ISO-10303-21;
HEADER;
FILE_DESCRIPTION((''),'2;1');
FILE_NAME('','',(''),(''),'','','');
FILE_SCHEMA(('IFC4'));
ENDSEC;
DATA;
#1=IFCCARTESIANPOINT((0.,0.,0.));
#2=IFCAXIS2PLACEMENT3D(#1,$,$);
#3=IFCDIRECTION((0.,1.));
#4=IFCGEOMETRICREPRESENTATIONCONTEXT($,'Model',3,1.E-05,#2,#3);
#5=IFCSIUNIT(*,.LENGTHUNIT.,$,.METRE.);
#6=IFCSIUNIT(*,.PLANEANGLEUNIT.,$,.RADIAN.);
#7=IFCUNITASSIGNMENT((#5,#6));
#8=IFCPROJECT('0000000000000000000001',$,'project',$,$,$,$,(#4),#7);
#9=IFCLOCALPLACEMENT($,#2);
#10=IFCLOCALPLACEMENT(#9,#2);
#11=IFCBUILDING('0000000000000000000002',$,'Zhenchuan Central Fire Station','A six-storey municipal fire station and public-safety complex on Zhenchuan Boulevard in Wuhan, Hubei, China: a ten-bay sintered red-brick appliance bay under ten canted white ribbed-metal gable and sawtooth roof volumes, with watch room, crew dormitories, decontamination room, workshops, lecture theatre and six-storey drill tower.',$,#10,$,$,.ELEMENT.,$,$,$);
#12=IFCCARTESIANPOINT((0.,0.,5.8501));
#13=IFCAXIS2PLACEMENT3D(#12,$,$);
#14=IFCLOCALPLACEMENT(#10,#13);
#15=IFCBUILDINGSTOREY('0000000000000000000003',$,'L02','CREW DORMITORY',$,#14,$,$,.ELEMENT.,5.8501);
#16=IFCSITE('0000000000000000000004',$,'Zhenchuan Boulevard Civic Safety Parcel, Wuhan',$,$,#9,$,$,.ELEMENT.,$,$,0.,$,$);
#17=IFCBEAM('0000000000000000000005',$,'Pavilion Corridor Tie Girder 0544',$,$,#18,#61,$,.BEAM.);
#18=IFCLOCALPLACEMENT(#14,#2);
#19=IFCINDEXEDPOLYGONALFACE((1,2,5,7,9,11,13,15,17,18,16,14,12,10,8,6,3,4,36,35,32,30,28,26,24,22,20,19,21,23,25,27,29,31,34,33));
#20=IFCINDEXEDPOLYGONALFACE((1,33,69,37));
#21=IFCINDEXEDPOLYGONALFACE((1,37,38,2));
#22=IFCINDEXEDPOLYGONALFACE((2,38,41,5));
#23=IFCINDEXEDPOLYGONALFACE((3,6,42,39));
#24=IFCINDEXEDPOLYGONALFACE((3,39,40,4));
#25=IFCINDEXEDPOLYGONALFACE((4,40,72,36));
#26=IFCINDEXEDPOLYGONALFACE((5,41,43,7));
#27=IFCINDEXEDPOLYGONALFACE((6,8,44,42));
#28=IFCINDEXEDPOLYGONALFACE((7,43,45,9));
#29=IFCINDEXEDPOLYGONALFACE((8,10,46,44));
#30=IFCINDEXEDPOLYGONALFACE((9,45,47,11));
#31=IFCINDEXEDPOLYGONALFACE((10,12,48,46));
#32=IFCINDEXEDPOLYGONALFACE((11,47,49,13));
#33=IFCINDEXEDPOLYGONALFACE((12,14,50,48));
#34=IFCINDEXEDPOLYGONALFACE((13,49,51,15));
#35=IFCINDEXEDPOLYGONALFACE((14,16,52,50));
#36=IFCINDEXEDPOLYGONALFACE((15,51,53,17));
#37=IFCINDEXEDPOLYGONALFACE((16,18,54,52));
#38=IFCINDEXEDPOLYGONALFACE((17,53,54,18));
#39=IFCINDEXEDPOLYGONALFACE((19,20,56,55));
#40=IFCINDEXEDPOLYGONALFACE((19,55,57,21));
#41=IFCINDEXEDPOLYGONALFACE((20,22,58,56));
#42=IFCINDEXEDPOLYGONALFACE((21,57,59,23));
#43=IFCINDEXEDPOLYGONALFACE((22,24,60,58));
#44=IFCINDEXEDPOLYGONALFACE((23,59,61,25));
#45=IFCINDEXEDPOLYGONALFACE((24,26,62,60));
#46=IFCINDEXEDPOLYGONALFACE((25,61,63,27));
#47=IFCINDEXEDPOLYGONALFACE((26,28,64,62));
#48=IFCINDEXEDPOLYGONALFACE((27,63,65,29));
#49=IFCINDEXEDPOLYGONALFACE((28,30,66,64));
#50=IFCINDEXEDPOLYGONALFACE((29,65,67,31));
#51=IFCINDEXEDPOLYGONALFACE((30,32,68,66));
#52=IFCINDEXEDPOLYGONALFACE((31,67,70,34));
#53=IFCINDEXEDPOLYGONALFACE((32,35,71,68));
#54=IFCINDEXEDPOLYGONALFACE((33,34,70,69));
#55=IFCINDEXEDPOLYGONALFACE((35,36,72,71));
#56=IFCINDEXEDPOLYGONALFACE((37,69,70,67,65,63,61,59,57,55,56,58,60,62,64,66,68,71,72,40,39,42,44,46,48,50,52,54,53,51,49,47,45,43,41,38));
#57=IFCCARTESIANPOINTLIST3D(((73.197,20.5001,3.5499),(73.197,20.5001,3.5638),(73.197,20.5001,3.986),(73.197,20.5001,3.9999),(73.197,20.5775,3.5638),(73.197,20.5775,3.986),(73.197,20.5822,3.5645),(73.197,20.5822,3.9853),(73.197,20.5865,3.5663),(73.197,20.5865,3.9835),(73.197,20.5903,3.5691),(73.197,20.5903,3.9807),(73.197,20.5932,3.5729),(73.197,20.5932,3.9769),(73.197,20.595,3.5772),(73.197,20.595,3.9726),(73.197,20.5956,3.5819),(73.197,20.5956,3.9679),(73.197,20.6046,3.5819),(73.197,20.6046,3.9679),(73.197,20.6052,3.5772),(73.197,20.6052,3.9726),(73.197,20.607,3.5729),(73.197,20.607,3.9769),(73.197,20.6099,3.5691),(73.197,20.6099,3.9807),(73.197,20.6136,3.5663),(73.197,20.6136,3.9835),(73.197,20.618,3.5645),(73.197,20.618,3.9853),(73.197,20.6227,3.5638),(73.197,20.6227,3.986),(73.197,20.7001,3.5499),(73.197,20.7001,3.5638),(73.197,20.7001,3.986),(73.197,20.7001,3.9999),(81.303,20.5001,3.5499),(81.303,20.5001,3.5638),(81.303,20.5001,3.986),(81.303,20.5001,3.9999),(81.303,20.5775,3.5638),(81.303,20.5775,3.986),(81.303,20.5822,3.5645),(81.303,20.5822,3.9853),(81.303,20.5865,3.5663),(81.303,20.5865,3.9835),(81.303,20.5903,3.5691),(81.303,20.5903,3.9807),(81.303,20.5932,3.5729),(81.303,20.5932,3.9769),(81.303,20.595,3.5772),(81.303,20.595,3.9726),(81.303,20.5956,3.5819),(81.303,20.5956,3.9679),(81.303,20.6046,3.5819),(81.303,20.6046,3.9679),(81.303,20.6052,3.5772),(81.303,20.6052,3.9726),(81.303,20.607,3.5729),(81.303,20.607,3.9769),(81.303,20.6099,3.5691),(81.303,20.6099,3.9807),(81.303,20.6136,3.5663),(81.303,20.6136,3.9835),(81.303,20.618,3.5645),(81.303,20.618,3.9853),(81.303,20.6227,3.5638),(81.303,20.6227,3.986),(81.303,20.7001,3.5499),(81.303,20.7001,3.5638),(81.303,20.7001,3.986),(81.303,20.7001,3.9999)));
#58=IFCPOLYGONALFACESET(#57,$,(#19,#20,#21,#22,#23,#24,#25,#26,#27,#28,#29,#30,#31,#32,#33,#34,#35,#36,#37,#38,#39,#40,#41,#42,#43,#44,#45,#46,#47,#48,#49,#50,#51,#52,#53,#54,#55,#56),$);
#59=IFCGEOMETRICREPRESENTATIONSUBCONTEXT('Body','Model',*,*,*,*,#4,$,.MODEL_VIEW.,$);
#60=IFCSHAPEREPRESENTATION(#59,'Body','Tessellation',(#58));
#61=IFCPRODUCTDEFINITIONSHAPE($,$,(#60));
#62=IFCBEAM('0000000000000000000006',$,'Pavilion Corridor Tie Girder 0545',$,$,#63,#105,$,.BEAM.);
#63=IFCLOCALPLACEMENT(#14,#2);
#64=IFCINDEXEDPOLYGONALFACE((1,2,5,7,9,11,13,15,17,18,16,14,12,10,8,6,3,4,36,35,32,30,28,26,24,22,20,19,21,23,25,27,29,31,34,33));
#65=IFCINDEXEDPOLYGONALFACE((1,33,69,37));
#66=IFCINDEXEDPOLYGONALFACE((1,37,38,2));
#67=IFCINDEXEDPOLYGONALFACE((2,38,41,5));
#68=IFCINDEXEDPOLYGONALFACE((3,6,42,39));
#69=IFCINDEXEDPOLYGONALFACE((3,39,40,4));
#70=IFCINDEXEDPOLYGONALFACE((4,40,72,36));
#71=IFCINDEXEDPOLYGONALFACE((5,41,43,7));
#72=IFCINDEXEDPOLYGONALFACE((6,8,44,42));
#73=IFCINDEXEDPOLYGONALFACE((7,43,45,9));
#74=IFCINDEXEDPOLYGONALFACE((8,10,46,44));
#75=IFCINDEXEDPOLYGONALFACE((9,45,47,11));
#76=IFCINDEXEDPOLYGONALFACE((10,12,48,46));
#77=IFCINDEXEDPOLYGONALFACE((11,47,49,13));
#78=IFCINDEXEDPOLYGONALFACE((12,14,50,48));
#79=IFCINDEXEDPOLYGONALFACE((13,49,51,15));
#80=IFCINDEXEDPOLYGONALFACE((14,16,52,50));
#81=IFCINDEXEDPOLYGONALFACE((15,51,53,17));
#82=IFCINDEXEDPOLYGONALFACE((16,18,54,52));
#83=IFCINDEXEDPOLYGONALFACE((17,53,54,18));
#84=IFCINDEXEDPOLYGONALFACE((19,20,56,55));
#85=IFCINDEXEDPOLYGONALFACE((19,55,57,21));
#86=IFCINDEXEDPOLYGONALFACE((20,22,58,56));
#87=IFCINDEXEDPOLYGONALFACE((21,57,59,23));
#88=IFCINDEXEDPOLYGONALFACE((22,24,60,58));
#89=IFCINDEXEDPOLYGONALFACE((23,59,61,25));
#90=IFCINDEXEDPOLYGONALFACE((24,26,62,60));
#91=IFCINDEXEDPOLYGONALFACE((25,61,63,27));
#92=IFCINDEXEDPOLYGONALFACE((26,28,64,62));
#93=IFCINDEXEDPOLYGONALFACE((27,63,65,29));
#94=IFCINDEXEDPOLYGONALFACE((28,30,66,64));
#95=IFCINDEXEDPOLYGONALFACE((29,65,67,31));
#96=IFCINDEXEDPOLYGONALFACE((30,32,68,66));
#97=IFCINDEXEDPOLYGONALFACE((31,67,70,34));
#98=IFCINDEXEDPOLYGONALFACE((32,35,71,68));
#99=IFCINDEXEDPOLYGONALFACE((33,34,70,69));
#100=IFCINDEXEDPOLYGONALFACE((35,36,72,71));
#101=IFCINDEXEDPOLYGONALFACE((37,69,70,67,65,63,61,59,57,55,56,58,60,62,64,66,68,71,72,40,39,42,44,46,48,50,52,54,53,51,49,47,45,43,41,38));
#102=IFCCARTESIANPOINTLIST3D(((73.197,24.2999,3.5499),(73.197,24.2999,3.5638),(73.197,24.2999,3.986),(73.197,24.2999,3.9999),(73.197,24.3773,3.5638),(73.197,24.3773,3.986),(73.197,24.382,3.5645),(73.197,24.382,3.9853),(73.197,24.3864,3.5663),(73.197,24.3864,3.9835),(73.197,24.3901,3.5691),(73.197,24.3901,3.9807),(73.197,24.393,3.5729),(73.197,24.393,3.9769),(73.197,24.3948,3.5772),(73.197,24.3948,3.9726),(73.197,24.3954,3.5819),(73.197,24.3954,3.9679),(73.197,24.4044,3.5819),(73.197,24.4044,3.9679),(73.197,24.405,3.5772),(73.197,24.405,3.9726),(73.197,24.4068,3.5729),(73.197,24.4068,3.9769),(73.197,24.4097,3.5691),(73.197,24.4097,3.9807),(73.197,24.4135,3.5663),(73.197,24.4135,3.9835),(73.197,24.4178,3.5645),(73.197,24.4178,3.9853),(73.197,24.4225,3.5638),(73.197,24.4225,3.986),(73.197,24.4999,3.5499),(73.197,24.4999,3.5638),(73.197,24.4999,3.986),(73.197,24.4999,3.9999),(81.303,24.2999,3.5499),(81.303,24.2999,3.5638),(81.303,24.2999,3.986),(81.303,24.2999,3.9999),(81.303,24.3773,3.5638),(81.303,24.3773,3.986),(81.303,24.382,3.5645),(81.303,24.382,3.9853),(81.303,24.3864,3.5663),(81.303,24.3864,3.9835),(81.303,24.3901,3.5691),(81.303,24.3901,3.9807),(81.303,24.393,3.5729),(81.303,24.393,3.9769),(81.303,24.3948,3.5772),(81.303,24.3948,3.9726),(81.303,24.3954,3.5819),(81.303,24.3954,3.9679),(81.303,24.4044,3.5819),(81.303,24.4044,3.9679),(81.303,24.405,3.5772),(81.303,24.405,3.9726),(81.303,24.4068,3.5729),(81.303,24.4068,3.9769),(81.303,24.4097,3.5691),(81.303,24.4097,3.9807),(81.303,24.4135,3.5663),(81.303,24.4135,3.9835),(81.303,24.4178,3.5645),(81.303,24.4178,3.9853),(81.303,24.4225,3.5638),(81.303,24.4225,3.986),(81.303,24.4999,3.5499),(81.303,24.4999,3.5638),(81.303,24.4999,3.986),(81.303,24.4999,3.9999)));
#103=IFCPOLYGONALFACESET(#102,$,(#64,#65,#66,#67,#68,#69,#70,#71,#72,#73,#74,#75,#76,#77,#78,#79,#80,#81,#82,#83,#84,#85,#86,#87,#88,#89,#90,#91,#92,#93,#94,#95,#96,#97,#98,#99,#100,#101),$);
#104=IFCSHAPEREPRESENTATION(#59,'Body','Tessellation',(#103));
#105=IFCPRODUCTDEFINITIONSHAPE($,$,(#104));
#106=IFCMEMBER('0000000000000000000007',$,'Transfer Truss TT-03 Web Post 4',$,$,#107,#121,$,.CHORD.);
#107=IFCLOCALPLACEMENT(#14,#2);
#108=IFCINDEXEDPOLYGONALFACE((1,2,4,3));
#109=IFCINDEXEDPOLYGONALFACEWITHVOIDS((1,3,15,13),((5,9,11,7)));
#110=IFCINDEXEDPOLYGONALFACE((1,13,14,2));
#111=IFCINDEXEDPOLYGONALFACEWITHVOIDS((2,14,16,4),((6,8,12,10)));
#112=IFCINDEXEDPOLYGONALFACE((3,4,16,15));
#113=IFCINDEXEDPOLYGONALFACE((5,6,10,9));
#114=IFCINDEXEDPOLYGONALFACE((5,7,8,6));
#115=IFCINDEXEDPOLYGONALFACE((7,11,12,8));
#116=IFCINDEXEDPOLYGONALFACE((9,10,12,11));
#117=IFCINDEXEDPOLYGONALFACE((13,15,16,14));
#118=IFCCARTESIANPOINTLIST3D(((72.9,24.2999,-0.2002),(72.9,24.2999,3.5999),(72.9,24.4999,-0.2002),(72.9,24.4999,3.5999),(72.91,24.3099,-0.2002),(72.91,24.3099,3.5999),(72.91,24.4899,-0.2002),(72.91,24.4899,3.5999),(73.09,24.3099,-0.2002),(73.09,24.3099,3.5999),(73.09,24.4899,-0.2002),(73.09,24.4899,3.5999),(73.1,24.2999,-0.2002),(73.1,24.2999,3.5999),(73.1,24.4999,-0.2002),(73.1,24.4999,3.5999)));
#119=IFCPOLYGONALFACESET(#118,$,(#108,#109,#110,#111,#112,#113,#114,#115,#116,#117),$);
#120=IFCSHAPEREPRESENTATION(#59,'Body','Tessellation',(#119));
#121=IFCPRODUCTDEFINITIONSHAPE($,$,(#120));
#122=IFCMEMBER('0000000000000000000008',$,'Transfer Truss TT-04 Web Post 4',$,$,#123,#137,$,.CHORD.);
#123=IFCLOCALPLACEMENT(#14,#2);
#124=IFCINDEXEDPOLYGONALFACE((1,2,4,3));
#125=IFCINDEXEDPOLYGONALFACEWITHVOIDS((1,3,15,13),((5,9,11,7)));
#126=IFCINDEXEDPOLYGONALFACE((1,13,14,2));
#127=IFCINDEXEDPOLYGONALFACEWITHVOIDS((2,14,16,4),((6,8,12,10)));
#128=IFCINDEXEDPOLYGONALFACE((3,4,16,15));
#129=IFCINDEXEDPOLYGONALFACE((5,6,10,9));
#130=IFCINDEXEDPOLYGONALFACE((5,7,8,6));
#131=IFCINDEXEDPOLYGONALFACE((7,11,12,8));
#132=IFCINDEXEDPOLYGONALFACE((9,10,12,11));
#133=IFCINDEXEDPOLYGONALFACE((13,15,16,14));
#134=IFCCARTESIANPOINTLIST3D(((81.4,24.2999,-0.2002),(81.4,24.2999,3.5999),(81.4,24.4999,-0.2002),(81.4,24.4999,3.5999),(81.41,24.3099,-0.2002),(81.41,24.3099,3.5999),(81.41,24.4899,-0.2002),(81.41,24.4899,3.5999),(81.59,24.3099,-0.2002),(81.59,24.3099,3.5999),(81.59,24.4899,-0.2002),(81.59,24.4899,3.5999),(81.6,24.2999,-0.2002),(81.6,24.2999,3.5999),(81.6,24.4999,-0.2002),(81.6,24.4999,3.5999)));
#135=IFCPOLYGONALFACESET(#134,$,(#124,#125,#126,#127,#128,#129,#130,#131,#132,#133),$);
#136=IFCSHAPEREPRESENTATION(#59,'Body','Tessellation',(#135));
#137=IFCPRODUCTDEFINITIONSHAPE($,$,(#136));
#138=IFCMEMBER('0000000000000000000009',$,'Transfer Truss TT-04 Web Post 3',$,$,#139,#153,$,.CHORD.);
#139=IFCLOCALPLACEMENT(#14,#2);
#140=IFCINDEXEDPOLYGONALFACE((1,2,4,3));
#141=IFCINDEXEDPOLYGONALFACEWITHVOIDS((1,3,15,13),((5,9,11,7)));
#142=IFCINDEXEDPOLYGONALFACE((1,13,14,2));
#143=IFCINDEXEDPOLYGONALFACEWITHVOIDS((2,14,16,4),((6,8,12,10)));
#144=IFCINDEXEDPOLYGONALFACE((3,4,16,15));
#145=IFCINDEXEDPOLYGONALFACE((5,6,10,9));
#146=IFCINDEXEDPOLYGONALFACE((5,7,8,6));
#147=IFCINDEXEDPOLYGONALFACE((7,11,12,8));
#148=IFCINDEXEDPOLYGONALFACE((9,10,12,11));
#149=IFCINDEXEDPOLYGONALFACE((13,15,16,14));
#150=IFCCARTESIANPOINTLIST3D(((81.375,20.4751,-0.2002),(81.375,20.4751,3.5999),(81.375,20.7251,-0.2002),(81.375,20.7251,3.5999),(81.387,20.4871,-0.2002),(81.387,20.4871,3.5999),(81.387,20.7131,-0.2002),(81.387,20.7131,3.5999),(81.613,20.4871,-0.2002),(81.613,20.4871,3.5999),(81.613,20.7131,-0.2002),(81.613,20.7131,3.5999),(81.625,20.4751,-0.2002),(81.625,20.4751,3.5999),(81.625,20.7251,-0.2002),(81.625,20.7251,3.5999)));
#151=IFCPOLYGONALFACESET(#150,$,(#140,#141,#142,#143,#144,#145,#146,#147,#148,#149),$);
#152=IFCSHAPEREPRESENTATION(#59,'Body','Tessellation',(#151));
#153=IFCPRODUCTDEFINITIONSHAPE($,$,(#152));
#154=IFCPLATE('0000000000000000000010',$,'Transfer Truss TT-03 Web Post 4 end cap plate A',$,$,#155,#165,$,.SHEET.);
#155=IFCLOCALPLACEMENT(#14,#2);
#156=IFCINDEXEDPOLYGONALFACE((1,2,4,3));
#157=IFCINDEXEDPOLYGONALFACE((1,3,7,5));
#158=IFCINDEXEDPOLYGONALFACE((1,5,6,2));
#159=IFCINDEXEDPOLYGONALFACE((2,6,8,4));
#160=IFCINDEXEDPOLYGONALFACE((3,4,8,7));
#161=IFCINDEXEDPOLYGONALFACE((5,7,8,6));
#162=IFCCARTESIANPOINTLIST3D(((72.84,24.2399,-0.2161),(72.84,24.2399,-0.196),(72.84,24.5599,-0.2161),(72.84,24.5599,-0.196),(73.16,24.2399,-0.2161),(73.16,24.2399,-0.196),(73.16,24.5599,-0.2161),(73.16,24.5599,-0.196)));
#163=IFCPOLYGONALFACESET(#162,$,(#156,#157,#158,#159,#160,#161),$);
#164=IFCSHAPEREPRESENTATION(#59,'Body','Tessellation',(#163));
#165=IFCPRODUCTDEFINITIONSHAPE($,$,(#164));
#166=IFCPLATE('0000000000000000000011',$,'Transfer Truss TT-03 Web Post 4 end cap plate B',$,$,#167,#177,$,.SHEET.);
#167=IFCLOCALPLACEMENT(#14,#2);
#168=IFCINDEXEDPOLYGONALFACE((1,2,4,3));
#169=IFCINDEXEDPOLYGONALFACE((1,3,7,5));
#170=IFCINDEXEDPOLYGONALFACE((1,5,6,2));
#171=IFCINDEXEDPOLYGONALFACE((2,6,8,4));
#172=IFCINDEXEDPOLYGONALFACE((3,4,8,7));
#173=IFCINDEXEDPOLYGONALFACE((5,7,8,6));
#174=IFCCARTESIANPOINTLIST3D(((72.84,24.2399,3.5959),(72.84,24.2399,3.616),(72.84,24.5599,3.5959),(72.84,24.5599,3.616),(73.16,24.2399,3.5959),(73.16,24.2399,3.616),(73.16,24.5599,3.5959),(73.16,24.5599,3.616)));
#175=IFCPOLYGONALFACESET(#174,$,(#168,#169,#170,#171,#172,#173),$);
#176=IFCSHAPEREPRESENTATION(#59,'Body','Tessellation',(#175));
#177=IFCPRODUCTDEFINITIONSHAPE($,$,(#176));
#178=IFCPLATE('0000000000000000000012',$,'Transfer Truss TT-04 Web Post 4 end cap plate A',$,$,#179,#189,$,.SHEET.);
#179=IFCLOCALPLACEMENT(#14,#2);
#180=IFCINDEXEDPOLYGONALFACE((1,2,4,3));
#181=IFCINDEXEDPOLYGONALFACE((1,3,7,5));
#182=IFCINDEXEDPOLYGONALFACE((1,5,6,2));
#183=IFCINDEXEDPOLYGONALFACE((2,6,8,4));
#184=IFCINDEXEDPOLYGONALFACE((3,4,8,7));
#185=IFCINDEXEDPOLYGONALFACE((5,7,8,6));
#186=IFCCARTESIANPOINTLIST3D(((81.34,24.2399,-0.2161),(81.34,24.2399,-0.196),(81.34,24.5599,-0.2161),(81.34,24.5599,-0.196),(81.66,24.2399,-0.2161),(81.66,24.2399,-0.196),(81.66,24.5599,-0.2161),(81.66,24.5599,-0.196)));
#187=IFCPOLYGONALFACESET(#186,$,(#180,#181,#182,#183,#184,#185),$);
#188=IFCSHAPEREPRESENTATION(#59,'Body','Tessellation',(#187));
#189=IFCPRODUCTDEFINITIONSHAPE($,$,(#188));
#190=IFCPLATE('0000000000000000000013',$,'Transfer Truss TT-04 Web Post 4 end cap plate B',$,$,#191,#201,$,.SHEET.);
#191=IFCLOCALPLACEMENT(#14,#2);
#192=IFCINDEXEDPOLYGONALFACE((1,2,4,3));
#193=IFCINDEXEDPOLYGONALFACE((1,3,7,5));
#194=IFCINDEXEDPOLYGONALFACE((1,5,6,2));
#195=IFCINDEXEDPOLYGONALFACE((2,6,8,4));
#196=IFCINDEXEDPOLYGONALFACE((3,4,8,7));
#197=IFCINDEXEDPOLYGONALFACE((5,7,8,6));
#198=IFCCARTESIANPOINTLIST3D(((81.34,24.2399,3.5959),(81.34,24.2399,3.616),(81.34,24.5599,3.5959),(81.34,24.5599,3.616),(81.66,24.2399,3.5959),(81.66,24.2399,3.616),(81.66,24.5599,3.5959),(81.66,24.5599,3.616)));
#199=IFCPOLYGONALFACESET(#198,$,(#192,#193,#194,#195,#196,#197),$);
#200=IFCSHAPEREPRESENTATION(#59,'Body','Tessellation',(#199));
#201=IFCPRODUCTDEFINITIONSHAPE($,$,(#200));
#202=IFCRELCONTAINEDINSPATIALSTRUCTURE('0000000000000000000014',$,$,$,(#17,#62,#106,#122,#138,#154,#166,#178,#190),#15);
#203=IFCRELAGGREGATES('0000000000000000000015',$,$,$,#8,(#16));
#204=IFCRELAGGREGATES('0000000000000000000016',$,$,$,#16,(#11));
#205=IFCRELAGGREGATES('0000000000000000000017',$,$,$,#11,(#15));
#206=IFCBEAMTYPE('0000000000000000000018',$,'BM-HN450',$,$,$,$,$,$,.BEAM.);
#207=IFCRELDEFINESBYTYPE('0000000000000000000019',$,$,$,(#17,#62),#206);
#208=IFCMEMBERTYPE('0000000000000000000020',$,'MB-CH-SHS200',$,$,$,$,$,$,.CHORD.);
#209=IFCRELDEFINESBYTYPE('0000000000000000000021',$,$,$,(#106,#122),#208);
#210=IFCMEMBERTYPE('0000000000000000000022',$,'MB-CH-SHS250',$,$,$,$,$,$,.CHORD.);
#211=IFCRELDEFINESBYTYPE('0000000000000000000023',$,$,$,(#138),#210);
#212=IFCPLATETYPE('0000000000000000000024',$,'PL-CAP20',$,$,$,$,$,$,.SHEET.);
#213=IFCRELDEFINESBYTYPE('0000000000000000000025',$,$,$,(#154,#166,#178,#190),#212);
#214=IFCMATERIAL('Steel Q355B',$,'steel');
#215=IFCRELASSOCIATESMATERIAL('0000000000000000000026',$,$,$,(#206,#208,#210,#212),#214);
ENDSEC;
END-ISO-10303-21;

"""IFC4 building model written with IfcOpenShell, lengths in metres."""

from ifc_helpers import new_model, si_unit, direction, frame, origin, origin_2d, place, context, subcontext, project, spatial, rectangle, hollow_rectangle, i_section, extrude, material, material_profile, profile_set, type_object, element, save


model = new_model("IFC4")

# Units and contexts
model_context = context("Model", 3, precision=1e-05, world=origin(), true_north=direction((0.0, 1.0)))
body_context = subcontext(model_context, "Body", "Model", "MODEL_VIEW")
ifc_project = project(units=[si_unit("LENGTHUNIT", "METRE"), si_unit("PLANEANGLEUNIT", "RADIAN")], contexts=[model_context])

# Site, building, storey
site_placement = place(None, origin())
site = spatial("IfcSite", under=ifc_project, at=site_placement, Name="Zhenchuan Boulevard Civic Safety Parcel, Wuhan", CompositionType="ELEMENT", RefElevation=0.0)
building_placement = place(site_placement, origin())
building = spatial("IfcBuilding", under=site, at=building_placement, Name="Zhenchuan Central Fire Station", Description="A six-storey municipal fire station and public-safety complex on Zhenchuan Boulevard in Wuhan, Hubei, China: a ten-bay sintered red-brick appliance bay under ten canted white ribbed-metal gable and sawtooth roof volumes, with watch room, crew dormitories, decontamination room, workshops, lecture theatre and six-storey drill tower.", CompositionType="ELEMENT")
storey_placement = place(building_placement, frame((0.0, 0.0, 5.8501)))
storey = spatial("IfcBuildingStorey", under=building, at=storey_placement, Name="L02", Description="CREW DORMITORY", CompositionType="ELEMENT", Elevation=5.8501)

# Beams
ifc_material_1 = material(Name="Steel Q355B", Category="steel")
ifc_material_profile_1 = material_profile(ifc_material_1, i_section(OverallWidth=0.2, OverallDepth=0.45, WebThickness=0.009, FlangeThickness=0.0139, FilletRadius=0.0181, at=origin_2d()), Name="HN 450x200")
ifc_profile_set_1 = profile_set([ifc_material_profile_1], Name="Steel Q355B")
beam_type = type_object("IfcBeamType", Name="BM-HN450", PredefinedType="BEAM", material=ifc_profile_set_1)
for number, where, z_axis, x_axis, name in (
    (1, (73.197, 20.6001, 3.7749), (1.0, 0.0, 0.0), (0.0, 1.0, 0.0), "Pavilion Corridor Tie Girder 0544"),
    (2, (73.197, 24.3999, 3.7749), (1.0, 0.0, 0.0), (0.0, 1.0, 0.0), "Pavilion Corridor Tie Girder 0545"),
):
    element("IfcBeam", number, at=place(storey_placement, frame(where, z_axis=z_axis, x_axis=x_axis)), inside=storey, type_object=beam_type, Name=name, PredefinedType="BEAM", context=body_context, shape_type="SweptSolid", body=[
        extrude(i_section(OverallWidth=0.2, OverallDepth=0.45, WebThickness=0.009, FlangeThickness=0.0139, FilletRadius=0.0181, at=origin_2d()), origin(), (0.0, 0.0, 1.0), 8.106),
    ])

# Members
ifc_material_profile_2 = material_profile(ifc_material_1, hollow_rectangle(XDim=0.2, YDim=0.2, WallThickness=0.01, at=origin_2d()), Name="SHS 200x200x10")
ifc_profile_set_2 = profile_set([ifc_material_profile_2], Name="Steel Q355B")
member_type_1 = type_object("IfcMemberType", Name="MB-CH-SHS200", PredefinedType="CHORD", material=ifc_profile_set_2)
for number, where, z_axis, x_axis, name in (
    (3, (73.0, 24.3999, -0.2002), (0.0, 0.0, 1.0), (1.0, 0.0, 0.0), "Transfer Truss TT-03 Web Post 4"),
    (4, (81.5, 24.3999, -0.2002), (0.0, 0.0, 1.0), (1.0, 0.0, 0.0), "Transfer Truss TT-04 Web Post 4"),
):
    element("IfcMember", number, at=place(storey_placement, frame(where, z_axis=z_axis, x_axis=x_axis)), inside=storey, type_object=member_type_1, Name=name, PredefinedType="CHORD", context=body_context, shape_type="SweptSolid", body=[
        extrude(hollow_rectangle(XDim=0.2, YDim=0.2, WallThickness=0.01, at=origin_2d()), origin(), (0.0, 0.0, 1.0), 3.8),
    ])
ifc_material_profile_3 = material_profile(ifc_material_1, hollow_rectangle(XDim=0.25, YDim=0.25, WallThickness=0.012, at=origin_2d()), Name="SHS 250x250x12")
ifc_profile_set_3 = profile_set([ifc_material_profile_3], Name="Steel Q355B")
member_type_2 = type_object("IfcMemberType", Name="MB-CH-SHS250", PredefinedType="CHORD", material=ifc_profile_set_3)
member_placement = place(storey_placement, frame((81.5, 20.6001, -0.2002), z_axis=(0.0, 0.0, 1.0), x_axis=(1.0, 0.0, 0.0)))
element("IfcMember", 5, at=member_placement, inside=storey, type_object=member_type_2, Name="Transfer Truss TT-04 Web Post 3", PredefinedType="CHORD", context=body_context, shape_type="SweptSolid", body=[
    extrude(hollow_rectangle(XDim=0.25, YDim=0.25, WallThickness=0.012, at=origin_2d()), origin(), (0.0, 0.0, 1.0), 3.8),
])

# Plates
ifc_material_profile_4 = material_profile(ifc_material_1, rectangle(XDim=0.3201, YDim=0.3201, at=origin_2d()), Name="PL 320x320x20")
ifc_profile_set_4 = profile_set([ifc_material_profile_4], Name="Steel Q355B")
plate_type_1 = type_object("IfcPlateType", Name="PL-CAP20", PredefinedType="SHEET", material=ifc_profile_set_4)
for number, where, z_axis, x_axis, name in (
    (6, (73.0, 24.3999, -0.2161), (0.0, 0.0, 1.0), (1.0, 0.0, 0.0), "Transfer Truss TT-03 Web Post 4 end cap plate A"),
    (7, (73.0, 24.3999, 3.5959), (0.0, 0.0, 1.0), (1.0, 0.0, 0.0), "Transfer Truss TT-03 Web Post 4 end cap plate B"),
    (8, (81.5, 24.3999, -0.2161), (0.0, 0.0, 1.0), (1.0, 0.0, 0.0), "Transfer Truss TT-04 Web Post 4 end cap plate A"),
    (9, (81.5, 24.3999, 3.5959), (0.0, 0.0, 1.0), (1.0, 0.0, 0.0), "Transfer Truss TT-04 Web Post 4 end cap plate B"),
):
    element("IfcPlate", number, at=place(storey_placement, frame(where, z_axis=z_axis, x_axis=x_axis)), inside=storey, type_object=plate_type_1, Name=name, PredefinedType="SHEET", context=body_context, shape_type="SweptSolid", body=[
        extrude(rectangle(XDim=0.3201, YDim=0.3201, at=origin_2d()), origin(), (0.0, 0.0, 1.0), 0.02),
    ])

save(model, "model.ifc")
